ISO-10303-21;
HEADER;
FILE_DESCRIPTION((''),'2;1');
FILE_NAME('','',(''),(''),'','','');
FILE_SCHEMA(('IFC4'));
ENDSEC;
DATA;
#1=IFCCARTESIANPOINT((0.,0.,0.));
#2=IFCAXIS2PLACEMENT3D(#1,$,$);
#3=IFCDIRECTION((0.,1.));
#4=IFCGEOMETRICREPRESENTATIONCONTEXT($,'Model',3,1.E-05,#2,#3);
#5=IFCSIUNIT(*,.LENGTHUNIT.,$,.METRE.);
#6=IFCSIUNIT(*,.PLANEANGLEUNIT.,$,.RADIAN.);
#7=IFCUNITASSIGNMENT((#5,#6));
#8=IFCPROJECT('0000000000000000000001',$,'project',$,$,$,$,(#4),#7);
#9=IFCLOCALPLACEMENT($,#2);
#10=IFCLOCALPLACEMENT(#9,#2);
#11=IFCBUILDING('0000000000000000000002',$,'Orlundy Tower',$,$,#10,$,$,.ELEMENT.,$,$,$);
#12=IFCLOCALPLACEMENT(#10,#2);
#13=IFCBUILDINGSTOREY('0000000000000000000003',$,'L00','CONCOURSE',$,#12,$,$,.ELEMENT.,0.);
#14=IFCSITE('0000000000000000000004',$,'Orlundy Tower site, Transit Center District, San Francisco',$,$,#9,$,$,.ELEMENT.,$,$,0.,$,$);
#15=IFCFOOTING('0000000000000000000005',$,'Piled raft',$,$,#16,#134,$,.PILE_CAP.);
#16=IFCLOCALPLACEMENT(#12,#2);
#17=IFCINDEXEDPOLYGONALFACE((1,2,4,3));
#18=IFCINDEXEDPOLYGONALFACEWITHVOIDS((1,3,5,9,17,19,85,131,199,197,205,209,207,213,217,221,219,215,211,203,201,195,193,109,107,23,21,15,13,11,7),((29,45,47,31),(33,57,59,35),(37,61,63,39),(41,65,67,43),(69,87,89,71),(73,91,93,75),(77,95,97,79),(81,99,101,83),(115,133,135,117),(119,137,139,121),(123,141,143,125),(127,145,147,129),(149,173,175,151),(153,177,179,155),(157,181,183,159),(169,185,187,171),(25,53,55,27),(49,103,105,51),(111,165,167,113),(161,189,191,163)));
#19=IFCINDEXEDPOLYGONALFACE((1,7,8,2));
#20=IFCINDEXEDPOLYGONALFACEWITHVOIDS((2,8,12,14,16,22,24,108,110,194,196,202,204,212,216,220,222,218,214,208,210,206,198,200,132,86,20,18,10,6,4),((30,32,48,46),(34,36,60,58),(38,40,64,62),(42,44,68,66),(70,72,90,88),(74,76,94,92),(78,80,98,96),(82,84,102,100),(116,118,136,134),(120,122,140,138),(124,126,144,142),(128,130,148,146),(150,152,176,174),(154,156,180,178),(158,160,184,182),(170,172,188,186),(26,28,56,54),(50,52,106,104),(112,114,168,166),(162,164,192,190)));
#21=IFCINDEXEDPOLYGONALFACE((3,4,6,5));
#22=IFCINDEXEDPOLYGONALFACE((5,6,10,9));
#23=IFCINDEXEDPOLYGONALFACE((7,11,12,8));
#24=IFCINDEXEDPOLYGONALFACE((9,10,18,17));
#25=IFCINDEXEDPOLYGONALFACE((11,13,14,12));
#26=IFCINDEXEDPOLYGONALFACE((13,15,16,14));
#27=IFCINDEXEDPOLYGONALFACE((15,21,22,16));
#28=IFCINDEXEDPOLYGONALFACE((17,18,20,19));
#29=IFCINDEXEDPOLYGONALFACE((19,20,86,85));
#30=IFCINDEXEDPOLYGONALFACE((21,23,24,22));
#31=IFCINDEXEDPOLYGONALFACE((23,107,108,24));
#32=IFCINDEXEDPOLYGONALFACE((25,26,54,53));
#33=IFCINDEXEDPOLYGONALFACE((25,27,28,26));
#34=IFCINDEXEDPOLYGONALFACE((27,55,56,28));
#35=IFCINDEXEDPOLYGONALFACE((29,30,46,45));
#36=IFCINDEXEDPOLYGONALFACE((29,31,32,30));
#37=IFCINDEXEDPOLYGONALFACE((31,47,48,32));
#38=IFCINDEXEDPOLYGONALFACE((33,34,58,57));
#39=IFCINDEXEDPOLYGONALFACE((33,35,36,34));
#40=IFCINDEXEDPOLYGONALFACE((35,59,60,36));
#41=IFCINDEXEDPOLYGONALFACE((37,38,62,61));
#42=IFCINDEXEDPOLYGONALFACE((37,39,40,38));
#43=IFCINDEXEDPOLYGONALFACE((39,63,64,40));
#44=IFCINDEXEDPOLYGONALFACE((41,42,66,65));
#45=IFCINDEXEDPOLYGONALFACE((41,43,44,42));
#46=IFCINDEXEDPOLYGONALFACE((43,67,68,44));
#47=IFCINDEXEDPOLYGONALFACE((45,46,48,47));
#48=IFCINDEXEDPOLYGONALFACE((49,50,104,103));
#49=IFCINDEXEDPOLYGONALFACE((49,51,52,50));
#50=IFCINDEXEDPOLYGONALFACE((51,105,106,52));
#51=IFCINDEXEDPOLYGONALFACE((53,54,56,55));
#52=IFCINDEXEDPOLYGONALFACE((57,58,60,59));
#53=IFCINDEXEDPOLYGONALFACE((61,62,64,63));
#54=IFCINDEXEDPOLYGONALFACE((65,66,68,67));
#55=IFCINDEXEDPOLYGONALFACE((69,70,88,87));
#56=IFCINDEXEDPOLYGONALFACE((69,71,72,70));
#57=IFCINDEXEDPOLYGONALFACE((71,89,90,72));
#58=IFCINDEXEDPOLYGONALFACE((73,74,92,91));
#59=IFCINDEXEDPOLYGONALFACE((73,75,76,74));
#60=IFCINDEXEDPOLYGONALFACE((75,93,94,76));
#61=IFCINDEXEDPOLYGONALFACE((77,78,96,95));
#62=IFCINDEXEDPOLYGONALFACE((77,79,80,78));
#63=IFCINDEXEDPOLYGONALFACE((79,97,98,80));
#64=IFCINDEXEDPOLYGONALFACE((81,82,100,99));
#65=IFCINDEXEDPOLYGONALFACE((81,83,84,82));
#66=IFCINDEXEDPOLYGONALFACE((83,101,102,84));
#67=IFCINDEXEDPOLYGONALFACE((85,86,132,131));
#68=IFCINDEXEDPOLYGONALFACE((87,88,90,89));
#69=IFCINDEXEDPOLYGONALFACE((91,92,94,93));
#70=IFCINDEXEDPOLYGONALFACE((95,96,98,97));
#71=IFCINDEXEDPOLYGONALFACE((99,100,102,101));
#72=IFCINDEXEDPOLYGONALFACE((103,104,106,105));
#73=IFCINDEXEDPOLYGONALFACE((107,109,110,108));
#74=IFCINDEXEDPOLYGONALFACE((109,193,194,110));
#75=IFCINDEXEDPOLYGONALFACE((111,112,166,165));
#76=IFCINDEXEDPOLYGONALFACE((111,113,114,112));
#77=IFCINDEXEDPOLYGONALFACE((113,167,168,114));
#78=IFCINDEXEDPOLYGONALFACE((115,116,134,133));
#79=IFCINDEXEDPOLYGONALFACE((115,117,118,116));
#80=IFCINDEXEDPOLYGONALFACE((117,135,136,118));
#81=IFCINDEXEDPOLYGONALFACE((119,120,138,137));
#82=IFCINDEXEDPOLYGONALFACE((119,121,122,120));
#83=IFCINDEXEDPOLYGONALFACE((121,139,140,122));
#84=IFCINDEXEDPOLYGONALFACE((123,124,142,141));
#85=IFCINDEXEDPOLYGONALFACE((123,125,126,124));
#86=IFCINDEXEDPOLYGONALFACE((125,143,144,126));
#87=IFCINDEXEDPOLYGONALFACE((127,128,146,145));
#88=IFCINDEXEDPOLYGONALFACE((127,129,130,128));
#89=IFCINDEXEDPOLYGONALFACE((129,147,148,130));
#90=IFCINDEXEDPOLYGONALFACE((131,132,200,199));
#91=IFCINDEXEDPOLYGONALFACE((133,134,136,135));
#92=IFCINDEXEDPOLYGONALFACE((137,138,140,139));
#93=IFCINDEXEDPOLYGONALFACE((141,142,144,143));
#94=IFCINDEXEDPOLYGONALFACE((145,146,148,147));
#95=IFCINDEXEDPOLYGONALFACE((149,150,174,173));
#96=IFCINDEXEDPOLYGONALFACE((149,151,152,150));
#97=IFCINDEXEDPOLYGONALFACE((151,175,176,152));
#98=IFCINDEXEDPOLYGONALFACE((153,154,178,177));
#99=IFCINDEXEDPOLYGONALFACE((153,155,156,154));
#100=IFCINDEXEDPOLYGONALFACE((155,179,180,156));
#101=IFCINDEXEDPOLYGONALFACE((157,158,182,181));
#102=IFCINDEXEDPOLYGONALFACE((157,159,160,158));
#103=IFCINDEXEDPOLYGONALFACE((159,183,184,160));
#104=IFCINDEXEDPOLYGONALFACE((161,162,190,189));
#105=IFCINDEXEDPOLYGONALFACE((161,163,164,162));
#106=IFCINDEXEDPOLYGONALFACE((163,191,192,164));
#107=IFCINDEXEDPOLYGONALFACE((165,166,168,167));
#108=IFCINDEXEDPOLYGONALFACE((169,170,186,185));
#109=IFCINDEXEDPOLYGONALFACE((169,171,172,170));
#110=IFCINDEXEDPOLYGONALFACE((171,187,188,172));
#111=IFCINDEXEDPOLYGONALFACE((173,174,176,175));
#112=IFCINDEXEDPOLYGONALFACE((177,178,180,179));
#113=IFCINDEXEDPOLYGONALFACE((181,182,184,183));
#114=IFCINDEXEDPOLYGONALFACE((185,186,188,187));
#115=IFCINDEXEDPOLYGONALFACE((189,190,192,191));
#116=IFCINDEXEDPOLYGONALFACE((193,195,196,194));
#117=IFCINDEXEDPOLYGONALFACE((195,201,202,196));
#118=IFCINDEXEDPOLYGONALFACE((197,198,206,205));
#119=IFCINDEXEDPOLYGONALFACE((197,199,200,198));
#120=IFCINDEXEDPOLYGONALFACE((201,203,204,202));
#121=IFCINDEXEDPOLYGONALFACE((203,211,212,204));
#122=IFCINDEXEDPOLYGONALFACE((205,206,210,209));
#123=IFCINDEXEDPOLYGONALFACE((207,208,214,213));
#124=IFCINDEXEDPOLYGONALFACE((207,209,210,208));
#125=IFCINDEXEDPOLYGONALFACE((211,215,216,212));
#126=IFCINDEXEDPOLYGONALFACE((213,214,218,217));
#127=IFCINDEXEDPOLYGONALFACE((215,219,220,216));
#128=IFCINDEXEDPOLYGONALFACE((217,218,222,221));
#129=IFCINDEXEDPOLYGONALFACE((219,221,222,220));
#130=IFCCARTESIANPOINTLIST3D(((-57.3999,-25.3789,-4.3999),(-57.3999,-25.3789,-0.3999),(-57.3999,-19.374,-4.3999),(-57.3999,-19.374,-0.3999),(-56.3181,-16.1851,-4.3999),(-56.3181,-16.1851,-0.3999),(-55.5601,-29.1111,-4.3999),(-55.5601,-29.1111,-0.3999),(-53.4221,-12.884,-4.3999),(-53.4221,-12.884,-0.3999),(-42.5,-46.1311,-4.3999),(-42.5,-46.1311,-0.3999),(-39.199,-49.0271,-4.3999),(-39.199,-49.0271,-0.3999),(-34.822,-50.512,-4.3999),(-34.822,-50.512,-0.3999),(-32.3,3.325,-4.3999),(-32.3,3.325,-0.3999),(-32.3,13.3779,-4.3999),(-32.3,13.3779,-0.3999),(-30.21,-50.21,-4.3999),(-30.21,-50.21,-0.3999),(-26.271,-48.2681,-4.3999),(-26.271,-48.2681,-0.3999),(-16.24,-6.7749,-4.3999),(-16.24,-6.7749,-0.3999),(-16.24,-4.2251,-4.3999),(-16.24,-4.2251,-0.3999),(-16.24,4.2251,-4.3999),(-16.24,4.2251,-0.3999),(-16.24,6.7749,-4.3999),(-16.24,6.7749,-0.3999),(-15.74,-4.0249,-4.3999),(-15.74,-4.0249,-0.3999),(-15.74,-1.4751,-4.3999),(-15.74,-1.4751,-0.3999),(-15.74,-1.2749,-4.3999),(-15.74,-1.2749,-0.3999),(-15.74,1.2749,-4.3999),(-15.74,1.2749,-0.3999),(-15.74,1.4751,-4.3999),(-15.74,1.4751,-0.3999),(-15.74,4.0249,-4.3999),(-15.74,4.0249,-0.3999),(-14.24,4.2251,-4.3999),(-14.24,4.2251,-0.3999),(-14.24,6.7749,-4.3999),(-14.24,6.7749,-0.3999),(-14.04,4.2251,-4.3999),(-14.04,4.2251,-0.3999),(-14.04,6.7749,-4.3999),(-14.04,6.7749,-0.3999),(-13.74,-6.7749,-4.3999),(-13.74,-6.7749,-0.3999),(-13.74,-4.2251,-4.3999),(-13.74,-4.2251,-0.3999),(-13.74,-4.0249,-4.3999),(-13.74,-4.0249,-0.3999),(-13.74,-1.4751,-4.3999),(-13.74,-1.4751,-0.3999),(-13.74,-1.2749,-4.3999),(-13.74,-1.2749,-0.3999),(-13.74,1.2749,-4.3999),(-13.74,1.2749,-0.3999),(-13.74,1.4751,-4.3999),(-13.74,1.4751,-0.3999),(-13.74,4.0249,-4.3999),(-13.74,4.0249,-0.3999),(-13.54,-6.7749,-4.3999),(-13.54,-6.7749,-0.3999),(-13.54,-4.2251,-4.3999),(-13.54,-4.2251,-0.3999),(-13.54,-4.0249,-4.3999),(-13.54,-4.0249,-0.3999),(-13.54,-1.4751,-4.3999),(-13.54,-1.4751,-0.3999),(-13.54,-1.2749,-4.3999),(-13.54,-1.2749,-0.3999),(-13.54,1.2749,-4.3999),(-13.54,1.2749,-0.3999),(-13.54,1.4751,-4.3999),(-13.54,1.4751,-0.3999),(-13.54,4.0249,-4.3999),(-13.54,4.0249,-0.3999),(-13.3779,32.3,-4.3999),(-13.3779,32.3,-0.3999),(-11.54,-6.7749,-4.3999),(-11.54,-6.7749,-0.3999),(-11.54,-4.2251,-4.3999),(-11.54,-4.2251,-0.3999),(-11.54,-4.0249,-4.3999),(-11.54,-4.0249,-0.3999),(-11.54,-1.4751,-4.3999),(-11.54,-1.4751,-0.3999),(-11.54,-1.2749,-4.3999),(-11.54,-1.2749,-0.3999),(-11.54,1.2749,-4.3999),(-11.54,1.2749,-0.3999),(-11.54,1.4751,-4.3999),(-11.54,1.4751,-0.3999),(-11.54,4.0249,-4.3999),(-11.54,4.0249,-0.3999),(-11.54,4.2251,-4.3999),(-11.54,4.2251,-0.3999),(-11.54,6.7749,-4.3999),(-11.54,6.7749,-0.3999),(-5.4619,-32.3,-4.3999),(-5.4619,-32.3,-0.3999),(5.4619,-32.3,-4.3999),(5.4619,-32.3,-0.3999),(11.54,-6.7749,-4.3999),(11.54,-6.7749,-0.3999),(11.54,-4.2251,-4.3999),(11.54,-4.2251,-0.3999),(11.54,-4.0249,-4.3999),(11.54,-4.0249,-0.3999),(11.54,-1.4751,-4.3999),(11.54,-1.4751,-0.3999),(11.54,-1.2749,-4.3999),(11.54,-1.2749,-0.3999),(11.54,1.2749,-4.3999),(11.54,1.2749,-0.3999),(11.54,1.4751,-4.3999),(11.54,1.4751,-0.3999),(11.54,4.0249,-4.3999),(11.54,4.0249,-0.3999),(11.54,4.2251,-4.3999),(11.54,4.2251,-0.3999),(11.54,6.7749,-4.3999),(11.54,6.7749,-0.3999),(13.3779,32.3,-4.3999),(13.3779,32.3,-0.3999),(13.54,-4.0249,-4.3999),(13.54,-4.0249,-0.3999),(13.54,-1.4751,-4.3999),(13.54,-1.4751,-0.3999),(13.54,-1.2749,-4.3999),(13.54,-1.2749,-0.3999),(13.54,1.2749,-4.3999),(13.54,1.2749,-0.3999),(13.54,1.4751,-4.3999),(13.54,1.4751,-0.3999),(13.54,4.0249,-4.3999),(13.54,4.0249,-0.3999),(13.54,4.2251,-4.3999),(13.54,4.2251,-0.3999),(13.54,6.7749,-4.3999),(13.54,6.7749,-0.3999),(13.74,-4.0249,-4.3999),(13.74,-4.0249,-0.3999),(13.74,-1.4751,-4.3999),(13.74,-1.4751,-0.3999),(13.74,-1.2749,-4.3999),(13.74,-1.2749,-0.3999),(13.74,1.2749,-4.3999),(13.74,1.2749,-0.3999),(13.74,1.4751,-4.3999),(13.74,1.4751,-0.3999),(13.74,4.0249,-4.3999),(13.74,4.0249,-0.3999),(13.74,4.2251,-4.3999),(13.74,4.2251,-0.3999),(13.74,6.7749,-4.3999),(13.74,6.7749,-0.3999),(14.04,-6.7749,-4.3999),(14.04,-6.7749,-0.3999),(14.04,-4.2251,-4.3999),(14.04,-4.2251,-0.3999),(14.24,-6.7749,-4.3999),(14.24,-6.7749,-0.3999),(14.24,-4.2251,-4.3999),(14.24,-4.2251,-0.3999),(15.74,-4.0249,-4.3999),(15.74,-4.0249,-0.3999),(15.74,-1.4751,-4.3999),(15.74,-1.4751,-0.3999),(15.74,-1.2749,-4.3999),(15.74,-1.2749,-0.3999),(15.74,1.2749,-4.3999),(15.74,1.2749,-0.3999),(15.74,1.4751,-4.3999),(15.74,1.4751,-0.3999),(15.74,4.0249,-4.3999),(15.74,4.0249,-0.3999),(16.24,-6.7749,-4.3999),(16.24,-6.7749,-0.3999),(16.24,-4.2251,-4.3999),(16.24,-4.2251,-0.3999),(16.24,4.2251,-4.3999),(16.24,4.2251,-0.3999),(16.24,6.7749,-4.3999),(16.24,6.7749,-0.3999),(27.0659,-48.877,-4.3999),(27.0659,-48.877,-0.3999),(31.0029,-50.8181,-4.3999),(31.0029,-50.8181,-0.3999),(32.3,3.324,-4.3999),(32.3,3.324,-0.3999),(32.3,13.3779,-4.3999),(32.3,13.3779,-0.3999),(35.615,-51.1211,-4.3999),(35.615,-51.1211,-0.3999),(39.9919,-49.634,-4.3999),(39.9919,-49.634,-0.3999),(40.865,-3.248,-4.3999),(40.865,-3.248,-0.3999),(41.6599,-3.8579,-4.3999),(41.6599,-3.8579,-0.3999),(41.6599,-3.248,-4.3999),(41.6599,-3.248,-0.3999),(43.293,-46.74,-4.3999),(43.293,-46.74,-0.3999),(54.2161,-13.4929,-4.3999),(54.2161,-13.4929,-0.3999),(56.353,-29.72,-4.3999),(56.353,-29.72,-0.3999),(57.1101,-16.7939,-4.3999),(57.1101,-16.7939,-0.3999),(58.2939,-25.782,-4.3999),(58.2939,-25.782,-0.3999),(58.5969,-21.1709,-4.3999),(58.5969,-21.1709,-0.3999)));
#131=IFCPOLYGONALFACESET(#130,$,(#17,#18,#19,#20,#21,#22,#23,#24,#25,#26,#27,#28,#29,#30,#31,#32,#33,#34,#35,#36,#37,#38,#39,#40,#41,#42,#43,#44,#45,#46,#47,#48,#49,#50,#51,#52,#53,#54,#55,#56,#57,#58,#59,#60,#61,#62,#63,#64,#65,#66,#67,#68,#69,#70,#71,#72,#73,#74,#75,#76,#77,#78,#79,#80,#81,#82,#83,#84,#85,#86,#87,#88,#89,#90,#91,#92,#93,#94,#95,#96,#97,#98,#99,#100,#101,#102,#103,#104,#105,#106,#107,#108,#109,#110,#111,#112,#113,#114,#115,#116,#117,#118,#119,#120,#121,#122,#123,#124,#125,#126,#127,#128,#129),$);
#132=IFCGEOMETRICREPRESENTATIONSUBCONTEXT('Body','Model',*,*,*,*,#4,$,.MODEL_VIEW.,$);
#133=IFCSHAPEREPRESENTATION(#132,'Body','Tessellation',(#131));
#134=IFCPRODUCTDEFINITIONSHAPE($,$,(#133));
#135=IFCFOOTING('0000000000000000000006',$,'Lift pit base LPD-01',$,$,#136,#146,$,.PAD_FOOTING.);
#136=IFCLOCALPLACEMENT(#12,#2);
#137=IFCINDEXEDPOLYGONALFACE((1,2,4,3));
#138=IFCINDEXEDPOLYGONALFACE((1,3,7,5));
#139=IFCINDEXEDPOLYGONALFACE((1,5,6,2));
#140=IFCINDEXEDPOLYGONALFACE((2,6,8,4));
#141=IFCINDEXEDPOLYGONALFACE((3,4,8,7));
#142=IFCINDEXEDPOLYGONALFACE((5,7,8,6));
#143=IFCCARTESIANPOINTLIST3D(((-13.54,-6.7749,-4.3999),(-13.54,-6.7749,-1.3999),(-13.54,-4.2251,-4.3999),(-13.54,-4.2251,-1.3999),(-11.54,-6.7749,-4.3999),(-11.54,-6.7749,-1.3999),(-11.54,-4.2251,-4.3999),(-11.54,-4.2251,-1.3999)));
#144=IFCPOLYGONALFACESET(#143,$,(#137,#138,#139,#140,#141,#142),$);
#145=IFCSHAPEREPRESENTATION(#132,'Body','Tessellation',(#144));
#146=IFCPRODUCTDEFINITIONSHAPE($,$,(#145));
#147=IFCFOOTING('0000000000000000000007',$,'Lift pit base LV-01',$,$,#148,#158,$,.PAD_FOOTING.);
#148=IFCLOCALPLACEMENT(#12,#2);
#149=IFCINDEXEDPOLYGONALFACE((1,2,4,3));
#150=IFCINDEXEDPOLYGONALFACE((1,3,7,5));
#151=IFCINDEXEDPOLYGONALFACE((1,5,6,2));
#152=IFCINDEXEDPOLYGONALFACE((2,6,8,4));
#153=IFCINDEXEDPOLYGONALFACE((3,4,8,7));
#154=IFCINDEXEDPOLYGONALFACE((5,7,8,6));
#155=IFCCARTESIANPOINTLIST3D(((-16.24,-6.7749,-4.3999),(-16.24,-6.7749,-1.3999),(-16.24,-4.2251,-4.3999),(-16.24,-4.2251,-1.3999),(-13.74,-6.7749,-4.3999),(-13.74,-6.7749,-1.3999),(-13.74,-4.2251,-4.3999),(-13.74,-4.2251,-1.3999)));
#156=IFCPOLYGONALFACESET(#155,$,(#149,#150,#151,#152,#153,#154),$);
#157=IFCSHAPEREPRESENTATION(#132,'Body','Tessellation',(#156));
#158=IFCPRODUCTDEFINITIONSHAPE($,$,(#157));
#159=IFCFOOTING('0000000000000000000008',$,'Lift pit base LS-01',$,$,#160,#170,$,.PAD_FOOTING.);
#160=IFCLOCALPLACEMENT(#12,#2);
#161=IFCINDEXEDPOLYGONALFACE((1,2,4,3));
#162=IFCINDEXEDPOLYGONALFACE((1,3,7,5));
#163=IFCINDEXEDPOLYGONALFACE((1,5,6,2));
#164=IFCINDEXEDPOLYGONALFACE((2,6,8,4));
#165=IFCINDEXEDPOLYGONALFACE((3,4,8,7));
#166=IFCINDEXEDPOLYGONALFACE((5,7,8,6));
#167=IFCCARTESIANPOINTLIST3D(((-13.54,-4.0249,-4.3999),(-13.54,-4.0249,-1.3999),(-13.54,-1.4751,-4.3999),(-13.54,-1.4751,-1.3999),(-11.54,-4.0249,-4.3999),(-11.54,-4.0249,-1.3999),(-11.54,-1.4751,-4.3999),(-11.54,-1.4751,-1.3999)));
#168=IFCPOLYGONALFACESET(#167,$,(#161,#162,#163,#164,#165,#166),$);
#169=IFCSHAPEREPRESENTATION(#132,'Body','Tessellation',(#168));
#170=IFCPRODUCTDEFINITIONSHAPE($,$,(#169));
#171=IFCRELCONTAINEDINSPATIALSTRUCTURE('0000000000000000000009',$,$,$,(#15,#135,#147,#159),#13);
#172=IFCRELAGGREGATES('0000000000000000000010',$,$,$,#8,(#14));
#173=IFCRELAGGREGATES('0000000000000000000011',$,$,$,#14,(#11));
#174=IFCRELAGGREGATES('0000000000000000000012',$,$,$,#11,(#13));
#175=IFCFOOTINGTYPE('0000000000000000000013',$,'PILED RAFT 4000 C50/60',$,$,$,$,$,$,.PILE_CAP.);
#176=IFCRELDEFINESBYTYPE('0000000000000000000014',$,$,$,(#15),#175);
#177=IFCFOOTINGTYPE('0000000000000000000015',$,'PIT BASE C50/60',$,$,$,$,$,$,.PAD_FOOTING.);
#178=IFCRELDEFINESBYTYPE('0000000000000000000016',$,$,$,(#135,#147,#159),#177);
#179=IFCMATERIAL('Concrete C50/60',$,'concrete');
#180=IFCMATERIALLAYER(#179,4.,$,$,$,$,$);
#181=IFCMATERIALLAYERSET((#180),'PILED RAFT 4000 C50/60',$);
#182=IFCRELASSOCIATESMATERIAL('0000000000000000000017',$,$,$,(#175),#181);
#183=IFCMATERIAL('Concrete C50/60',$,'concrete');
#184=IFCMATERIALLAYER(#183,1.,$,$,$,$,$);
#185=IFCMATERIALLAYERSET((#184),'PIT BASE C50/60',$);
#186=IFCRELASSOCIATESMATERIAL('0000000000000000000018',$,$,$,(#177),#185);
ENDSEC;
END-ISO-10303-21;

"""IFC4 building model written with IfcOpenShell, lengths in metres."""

from ifc_helpers import new_model, si_unit, direction, frame, origin, place, context, subcontext, project, spatial, polyline, outline, extrude, material, layer, layer_set, type_object, element, save


model = new_model("IFC4")

# Units and contexts
model_context = context("Model", 3, precision=1e-05, world=origin(), true_north=direction((0.0, 1.0)))
body_context = subcontext(model_context, "Body", "Model", "MODEL_VIEW")
ifc_project = project(units=[si_unit("LENGTHUNIT", "METRE"), si_unit("PLANEANGLEUNIT", "RADIAN")], contexts=[model_context])

# Site, building, storey
site_placement = place(None, origin())
site = spatial("IfcSite", under=ifc_project, at=site_placement, Name="Orlundy Tower site, Transit Center District, San Francisco", CompositionType="ELEMENT", RefElevation=0.0)
building_placement = place(site_placement, origin())
building = spatial("IfcBuilding", under=site, at=building_placement, Name="Orlundy Tower", CompositionType="ELEMENT")
storey_placement = place(building_placement, origin())
storey = spatial("IfcBuildingStorey", under=building, at=storey_placement, Name="L00", Description="CONCOURSE", CompositionType="ELEMENT", Elevation=0.0)

# Footings
ifc_material_1 = material(Name="Concrete C50/60", Category="concrete")
ifc_layer_1 = layer(ifc_material_1, 4.0)
ifc_layer_set_1 = layer_set([ifc_layer_1], Name="PILED RAFT 4000 C50/60")
footing_type_1 = type_object("IfcFootingType", Name="PILED RAFT 4000 C50/60", PredefinedType="PILE_CAP", material=ifc_layer_set_1)
footing_1_placement = place(storey_placement, frame((0.0, 0.0, -4.3999)))
element("IfcFooting", 1, at=footing_1_placement, inside=storey, type_object=footing_type_1, Name="Piled raft", PredefinedType="PILE_CAP", context=body_context, shape_type="SweptSolid", body=[
    extrude(outline(polyline([(-30.21, -50.21), (-34.822, -50.512), (-39.199, -49.0271), (-42.5, -46.1311), (-55.5601, -29.1111), (-57.3999, -25.3789), (-57.3999, -19.374), (-56.3181, -16.1851), (-53.4221, -12.884), (-32.3, 3.325), (-32.3, 13.3779), (-13.3779, 32.3), (13.3779, 32.3), (32.3, 13.3779), (32.3, 3.324), (40.865, -3.248), (41.6599, -3.248), (41.6599, -3.8579), (54.2161, -13.4929), (57.1101, -16.7939), (58.5969, -21.1709), (58.2939, -25.782), (56.353, -29.72), (43.293, -46.74), (39.9919, -49.634), (35.615, -51.1211), (31.0029, -50.8181), (27.0659, -48.877), (5.4619, -32.3), (-5.4619, -32.3), (-26.271, -48.2681), (-30.21, -50.21)]), holes=[polyline([(-11.54, -6.7749), (-13.54, -6.7749), (-13.54, -4.2251), (-11.54, -4.2251), (-11.54, -6.7749)]), polyline([(-13.74, -6.7749), (-16.24, -6.7749), (-16.24, -4.2251), (-13.74, -4.2251), (-13.74, -6.7749)]), polyline([(-11.54, -4.0249), (-13.54, -4.0249), (-13.54, -1.4751), (-11.54, -1.4751), (-11.54, -4.0249)]), polyline([(-13.74, -4.0249), (-15.74, -4.0249), (-15.74, -1.4751), (-13.74, -1.4751), (-13.74, -4.0249)]), polyline([(-11.54, -1.2749), (-13.54, -1.2749), (-13.54, 1.2749), (-11.54, 1.2749), (-11.54, -1.2749)]), polyline([(-13.74, -1.2749), (-15.74, -1.2749), (-15.74, 1.2749), (-13.74, 1.2749), (-13.74, -1.2749)]), polyline([(-11.54, 1.4751), (-13.54, 1.4751), (-13.54, 4.0249), (-11.54, 4.0249), (-11.54, 1.4751)]), polyline([(-13.74, 1.4751), (-15.74, 1.4751), (-15.74, 4.0249), (-13.74, 4.0249), (-13.74, 1.4751)]), polyline([(-11.54, 4.2251), (-14.04, 4.2251), (-14.04, 6.7749), (-11.54, 6.7749), (-11.54, 4.2251)]), polyline([(-14.24, 4.2251), (-16.24, 4.2251), (-16.24, 6.7749), (-14.24, 6.7749), (-14.24, 4.2251)]), polyline([(11.54, 6.7749), (13.54, 6.7749), (13.54, 4.2251), (11.54, 4.2251), (11.54, 6.7749)]), polyline([(13.74, 6.7749), (16.24, 6.7749), (16.24, 4.2251), (13.74, 4.2251), (13.74, 6.7749)]), polyline([(11.54, 4.0249), (13.54, 4.0249), (13.54, 1.4751), (11.54, 1.4751), (11.54, 4.0249)]), polyline([(13.74, 4.0249), (15.74, 4.0249), (15.74, 1.4751), (13.74, 1.4751), (13.74, 4.0249)]), polyline([(11.54, 1.2749), (13.54, 1.2749), (13.54, -1.2749), (11.54, -1.2749), (11.54, 1.2749)]), polyline([(13.74, 1.2749), (15.74, 1.2749), (15.74, -1.2749), (13.74, -1.2749), (13.74, 1.2749)]), polyline([(11.54, -1.4751), (13.54, -1.4751), (13.54, -4.0249), (11.54, -4.0249), (11.54, -1.4751)]), polyline([(13.74, -1.4751), (15.74, -1.4751), (15.74, -4.0249), (13.74, -4.0249), (13.74, -1.4751)]), polyline([(11.54, -4.2251), (14.04, -4.2251), (14.04, -6.7749), (11.54, -6.7749), (11.54, -4.2251)]), polyline([(14.24, -4.2251), (16.24, -4.2251), (16.24, -6.7749), (14.24, -6.7749), (14.24, -4.2251)])]), origin(), (0.0, 0.0, 1.0), 4.0),
])
ifc_material_2 = material(Name="Concrete C50/60", Category="concrete")
ifc_layer_2 = layer(ifc_material_2, 1.0)
ifc_layer_set_2 = layer_set([ifc_layer_2], Name="PIT BASE C50/60")
footing_type_2 = type_object("IfcFootingType", Name="PIT BASE C50/60", PredefinedType="PAD_FOOTING", material=ifc_layer_set_2)
footing_2_placement = place(storey_placement, frame((0.0, 0.0, -4.3999)))
element("IfcFooting", 2, at=footing_2_placement, inside=storey, type_object=footing_type_2, Name="Lift pit base LPD-01", PredefinedType="PAD_FOOTING", context=body_context, shape_type="SweptSolid", body=[
    extrude(outline(polyline([(-11.54, -6.7749), (-13.54, -6.7749), (-13.54, -4.2251), (-11.54, -4.2251), (-11.54, -6.7749)])), origin(), (0.0, 0.0, 1.0), 3.0),
])
footing_3_placement = place(storey_placement, frame((0.0, 0.0, -4.3999)))
element("IfcFooting", 3, at=footing_3_placement, inside=storey, type_object=footing_type_2, Name="Lift pit base LV-01", PredefinedType="PAD_FOOTING", context=body_context, shape_type="SweptSolid", body=[
    extrude(outline(polyline([(-13.74, -6.7749), (-16.24, -6.7749), (-16.24, -4.2251), (-13.74, -4.2251), (-13.74, -6.7749)])), origin(), (0.0, 0.0, 1.0), 3.0),
])
footing_4_placement = place(storey_placement, frame((0.0, 0.0, -4.3999)))
element("IfcFooting", 4, at=footing_4_placement, inside=storey, type_object=footing_type_2, Name="Lift pit base LS-01", PredefinedType="PAD_FOOTING", context=body_context, shape_type="SweptSolid", body=[
    extrude(outline(polyline([(-11.54, -4.0249), (-13.54, -4.0249), (-13.54, -1.4751), (-11.54, -1.4751), (-11.54, -4.0249)])), origin(), (0.0, 0.0, 1.0), 3.0),
])

save(model, "model.ifc")
